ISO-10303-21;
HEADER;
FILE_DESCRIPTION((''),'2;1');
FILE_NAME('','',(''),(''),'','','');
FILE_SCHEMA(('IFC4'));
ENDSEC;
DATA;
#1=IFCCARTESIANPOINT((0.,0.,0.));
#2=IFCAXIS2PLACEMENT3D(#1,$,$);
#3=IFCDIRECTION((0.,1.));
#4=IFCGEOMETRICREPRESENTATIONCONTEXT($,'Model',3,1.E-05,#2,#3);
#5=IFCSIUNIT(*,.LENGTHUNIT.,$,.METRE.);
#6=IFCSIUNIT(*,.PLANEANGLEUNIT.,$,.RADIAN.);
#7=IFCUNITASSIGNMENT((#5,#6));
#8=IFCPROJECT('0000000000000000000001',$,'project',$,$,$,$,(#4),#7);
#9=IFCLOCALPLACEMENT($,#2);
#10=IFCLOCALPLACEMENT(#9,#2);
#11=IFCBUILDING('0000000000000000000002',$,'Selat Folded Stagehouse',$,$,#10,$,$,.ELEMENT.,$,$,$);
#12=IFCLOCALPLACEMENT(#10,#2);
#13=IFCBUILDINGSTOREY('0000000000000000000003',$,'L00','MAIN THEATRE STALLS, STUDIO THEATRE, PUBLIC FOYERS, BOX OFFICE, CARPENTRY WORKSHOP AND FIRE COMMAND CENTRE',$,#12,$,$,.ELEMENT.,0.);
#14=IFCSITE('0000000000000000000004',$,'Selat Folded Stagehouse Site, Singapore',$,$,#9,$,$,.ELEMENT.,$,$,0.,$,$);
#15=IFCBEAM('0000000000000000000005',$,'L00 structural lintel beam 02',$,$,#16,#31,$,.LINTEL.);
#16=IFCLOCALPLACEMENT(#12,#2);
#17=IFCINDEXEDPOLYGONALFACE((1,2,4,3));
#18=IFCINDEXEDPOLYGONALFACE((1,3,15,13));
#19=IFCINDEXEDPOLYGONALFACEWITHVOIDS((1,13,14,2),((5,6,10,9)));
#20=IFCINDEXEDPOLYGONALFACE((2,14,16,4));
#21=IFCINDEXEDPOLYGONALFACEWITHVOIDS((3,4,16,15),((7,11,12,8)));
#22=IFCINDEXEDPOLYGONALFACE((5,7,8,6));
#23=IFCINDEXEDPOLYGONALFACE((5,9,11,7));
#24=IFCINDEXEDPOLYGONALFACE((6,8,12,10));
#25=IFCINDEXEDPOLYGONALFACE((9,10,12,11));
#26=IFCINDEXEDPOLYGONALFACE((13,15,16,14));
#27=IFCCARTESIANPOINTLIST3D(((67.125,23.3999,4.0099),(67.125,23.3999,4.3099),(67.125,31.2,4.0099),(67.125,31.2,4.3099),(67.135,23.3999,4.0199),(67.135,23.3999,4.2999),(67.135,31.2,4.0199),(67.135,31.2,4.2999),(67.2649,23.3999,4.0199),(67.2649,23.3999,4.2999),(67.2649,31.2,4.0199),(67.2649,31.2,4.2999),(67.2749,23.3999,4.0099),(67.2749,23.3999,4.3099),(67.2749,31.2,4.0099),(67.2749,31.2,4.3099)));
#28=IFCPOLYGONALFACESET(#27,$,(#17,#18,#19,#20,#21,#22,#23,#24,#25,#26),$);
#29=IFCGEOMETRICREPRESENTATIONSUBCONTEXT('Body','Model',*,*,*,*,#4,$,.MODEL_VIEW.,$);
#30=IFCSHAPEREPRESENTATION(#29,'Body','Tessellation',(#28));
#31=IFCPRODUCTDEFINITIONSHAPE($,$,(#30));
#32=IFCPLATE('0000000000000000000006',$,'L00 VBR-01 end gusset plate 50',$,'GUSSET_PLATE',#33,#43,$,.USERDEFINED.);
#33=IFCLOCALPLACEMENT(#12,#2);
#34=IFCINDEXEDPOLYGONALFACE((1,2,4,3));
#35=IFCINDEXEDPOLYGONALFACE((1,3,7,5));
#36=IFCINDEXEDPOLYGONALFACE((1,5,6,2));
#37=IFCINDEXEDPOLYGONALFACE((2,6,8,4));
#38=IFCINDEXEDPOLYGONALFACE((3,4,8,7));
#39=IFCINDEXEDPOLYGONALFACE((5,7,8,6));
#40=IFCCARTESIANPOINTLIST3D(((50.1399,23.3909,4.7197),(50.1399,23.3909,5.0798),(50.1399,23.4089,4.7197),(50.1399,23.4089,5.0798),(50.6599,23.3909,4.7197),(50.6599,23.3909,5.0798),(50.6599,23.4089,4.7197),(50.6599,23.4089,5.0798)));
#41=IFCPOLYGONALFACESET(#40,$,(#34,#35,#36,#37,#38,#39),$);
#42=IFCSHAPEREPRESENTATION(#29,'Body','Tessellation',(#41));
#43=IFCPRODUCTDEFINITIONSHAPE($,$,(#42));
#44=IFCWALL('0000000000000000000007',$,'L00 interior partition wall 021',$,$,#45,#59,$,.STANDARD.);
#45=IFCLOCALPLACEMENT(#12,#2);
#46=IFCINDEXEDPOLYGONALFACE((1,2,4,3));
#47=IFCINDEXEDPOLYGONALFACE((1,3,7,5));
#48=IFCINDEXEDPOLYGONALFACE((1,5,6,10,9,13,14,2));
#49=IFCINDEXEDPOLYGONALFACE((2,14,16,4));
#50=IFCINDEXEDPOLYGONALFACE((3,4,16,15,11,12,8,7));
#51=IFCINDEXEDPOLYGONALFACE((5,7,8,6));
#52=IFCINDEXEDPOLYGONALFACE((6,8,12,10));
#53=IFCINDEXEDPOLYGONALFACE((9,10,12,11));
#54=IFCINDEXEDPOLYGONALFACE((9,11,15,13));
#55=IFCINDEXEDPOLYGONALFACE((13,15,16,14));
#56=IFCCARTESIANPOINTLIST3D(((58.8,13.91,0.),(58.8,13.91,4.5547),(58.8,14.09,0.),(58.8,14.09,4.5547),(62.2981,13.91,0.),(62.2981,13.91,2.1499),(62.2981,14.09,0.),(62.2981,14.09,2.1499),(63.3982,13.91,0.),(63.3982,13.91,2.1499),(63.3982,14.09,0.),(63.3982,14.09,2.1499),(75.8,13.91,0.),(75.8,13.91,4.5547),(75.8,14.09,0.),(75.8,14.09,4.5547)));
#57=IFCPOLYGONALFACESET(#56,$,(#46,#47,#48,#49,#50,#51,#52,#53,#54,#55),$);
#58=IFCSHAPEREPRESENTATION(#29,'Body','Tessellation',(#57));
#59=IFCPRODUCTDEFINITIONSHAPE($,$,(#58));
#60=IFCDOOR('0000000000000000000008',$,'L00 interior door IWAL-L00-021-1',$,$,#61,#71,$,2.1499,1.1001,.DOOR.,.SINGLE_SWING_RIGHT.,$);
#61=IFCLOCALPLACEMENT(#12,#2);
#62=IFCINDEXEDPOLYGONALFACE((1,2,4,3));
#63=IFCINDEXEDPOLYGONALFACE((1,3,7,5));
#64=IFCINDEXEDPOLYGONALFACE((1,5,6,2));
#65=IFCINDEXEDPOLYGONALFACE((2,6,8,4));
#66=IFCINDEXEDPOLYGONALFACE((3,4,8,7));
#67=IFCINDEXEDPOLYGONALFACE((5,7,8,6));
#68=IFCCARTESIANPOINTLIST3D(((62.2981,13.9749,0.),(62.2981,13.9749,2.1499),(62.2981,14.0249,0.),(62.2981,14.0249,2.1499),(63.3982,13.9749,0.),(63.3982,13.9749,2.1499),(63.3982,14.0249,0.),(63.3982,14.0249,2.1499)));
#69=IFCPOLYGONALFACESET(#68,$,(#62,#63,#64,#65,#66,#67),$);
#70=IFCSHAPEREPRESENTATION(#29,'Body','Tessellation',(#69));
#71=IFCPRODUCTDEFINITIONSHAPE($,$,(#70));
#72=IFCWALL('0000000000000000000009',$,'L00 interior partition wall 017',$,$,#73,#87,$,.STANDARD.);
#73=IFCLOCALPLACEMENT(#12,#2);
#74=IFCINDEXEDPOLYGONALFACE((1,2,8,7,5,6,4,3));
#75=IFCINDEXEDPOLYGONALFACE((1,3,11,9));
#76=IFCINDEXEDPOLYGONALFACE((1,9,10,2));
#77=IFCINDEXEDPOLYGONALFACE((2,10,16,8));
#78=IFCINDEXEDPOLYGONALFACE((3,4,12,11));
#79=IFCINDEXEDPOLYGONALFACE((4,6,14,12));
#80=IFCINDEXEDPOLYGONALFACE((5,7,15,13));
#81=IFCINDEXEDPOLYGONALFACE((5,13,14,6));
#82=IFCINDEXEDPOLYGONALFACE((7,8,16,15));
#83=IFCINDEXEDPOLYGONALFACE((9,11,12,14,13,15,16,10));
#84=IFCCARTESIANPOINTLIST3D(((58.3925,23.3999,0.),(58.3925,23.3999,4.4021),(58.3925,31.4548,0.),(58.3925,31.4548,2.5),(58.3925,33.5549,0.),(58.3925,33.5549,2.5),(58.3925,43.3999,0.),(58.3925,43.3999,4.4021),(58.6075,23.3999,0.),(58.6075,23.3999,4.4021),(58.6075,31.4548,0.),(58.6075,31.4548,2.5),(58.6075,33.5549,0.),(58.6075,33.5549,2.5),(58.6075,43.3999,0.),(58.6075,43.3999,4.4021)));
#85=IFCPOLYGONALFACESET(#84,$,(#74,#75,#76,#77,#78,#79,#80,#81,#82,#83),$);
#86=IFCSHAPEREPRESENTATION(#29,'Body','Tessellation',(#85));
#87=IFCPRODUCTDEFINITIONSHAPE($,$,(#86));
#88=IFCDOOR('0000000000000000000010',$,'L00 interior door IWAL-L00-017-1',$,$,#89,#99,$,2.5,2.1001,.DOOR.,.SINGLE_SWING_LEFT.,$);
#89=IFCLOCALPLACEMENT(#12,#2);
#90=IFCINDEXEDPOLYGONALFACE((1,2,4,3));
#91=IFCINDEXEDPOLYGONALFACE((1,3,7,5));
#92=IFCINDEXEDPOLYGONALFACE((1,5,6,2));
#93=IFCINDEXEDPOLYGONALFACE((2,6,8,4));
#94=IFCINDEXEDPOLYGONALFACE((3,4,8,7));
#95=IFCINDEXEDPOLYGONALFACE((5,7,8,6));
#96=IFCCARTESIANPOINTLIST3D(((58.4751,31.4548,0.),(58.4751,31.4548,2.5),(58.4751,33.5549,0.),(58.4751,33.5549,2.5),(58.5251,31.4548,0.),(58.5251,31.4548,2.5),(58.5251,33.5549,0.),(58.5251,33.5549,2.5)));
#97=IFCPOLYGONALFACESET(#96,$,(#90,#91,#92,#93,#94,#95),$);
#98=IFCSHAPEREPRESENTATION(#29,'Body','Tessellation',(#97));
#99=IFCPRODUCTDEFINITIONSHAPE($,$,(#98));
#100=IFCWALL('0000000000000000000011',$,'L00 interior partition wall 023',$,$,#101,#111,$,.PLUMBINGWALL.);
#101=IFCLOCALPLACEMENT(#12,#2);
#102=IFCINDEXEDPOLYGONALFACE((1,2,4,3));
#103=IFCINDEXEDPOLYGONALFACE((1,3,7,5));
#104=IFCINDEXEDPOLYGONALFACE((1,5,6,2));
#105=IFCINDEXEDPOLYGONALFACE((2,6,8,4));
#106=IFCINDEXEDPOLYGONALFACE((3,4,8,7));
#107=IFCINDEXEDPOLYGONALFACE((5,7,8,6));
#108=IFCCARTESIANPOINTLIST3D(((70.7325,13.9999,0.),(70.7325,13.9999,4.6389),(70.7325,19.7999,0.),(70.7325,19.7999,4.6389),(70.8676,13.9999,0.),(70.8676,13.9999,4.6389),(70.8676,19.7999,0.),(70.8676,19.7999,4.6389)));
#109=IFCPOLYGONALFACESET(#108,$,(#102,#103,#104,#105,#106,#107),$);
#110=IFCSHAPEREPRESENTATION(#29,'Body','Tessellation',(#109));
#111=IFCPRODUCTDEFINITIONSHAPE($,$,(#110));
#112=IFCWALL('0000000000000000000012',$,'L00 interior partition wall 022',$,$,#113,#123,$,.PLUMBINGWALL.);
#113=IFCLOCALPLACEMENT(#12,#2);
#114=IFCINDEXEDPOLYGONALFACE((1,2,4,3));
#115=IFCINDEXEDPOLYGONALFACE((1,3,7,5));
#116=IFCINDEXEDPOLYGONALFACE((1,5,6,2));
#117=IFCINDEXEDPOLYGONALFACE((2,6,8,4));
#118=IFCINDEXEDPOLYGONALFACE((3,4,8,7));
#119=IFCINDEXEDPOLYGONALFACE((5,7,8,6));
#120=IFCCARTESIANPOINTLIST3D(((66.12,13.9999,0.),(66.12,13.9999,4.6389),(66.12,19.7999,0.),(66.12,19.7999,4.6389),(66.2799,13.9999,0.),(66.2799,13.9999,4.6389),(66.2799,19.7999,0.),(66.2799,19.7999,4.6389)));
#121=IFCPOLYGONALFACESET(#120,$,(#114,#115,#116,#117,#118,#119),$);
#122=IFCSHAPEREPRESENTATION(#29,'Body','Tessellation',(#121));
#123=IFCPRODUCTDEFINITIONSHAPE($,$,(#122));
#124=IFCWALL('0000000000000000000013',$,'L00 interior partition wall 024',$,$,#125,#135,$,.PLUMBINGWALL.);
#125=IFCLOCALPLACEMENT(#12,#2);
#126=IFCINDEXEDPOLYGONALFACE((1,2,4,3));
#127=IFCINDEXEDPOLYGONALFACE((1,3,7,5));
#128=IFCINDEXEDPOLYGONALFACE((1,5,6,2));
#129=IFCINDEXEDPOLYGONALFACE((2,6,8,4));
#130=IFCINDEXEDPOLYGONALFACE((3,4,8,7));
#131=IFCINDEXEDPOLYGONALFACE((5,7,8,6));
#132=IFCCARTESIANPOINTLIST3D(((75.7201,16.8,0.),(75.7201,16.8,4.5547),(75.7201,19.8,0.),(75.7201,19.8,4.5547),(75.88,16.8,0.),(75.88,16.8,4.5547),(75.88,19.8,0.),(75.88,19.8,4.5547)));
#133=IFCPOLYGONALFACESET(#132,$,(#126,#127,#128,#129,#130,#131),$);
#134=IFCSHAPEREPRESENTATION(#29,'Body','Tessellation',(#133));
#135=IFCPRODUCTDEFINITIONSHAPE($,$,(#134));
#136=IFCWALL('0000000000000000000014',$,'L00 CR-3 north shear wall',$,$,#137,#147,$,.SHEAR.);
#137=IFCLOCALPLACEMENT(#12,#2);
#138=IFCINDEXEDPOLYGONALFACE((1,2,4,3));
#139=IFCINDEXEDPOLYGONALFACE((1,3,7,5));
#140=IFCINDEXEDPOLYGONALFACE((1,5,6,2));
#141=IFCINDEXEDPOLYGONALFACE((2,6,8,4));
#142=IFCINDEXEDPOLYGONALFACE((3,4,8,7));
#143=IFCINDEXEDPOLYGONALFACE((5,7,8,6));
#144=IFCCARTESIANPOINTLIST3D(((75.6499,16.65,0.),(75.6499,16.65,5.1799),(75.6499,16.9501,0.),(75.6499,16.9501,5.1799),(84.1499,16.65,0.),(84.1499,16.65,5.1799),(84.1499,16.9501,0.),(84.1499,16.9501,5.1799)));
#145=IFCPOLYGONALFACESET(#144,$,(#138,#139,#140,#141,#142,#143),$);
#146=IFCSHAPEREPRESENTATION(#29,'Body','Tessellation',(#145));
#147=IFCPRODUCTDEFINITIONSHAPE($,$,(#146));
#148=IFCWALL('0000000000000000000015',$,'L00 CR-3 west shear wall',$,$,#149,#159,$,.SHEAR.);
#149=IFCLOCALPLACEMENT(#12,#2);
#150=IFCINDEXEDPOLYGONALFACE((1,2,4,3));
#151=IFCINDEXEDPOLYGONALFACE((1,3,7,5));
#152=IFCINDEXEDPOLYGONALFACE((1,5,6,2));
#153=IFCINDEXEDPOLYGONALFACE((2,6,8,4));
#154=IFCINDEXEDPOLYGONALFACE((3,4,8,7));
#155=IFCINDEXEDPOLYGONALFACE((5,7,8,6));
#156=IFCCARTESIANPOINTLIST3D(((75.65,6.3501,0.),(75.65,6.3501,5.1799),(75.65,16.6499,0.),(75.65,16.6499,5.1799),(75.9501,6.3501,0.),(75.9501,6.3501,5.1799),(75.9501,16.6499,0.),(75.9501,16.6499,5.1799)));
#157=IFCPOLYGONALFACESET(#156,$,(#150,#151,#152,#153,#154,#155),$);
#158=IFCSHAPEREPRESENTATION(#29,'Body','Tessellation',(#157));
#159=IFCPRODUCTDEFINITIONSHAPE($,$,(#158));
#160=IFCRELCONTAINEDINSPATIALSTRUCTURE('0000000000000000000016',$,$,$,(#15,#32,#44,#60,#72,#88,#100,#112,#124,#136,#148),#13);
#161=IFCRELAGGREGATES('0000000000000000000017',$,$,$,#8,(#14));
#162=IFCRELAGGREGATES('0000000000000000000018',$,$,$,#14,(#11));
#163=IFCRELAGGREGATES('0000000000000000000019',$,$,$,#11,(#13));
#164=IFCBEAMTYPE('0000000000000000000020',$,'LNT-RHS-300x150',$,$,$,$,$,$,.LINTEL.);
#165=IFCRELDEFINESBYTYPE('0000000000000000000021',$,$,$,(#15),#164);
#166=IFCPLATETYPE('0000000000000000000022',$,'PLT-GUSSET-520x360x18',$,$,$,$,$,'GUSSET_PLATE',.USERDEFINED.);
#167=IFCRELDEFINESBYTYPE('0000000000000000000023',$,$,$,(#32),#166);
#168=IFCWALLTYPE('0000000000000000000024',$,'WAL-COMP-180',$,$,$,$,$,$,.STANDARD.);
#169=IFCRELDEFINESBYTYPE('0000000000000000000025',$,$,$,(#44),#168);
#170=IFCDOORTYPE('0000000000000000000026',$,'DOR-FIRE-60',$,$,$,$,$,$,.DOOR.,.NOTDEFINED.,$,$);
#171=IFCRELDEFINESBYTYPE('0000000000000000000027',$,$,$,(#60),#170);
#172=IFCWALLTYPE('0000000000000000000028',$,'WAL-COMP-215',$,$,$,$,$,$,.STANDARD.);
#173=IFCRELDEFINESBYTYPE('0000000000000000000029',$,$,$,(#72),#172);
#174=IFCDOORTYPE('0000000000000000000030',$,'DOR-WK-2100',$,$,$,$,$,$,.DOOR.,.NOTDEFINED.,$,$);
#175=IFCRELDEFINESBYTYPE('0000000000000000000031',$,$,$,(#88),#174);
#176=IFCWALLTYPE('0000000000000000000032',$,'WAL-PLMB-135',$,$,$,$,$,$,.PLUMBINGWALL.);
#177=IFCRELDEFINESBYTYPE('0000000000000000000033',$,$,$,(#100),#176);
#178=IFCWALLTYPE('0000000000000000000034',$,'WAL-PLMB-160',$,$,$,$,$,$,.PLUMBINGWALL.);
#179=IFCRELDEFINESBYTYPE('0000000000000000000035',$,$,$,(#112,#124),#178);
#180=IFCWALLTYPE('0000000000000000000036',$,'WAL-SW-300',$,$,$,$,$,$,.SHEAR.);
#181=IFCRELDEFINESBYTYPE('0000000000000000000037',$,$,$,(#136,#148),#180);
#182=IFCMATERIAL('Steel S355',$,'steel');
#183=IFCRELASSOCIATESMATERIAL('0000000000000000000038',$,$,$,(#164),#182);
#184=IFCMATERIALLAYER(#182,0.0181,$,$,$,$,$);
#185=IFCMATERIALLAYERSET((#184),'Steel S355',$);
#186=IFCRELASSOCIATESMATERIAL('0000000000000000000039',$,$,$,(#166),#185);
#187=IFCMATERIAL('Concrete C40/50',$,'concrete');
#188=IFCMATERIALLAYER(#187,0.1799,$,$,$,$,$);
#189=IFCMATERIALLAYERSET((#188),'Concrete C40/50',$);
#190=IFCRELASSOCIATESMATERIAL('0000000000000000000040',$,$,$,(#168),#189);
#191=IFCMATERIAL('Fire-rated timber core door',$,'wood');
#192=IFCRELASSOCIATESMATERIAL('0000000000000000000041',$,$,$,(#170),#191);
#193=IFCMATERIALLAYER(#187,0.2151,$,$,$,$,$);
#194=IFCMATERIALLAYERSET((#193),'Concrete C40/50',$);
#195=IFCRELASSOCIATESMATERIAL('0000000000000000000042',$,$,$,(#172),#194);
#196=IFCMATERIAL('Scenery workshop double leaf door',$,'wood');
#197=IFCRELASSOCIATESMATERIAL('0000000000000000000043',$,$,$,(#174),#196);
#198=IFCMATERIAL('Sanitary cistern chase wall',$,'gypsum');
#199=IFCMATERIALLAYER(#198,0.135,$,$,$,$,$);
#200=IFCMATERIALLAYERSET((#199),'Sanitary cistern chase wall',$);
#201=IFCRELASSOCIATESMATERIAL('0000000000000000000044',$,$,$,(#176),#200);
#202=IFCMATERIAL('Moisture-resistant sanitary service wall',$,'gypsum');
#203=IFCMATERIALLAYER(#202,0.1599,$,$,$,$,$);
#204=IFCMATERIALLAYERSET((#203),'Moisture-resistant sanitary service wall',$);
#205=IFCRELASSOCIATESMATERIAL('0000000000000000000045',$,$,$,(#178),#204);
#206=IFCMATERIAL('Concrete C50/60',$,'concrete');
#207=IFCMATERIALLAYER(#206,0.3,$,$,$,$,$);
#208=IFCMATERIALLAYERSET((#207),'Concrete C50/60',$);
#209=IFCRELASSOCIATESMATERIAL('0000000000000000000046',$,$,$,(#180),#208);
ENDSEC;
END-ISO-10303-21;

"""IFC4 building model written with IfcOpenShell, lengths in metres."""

from ifc_helpers import new_model, si_unit, direction, frame, frame_2d, origin, origin_2d, place, context, subcontext, project, spatial, rectangle, hollow_rectangle, extrude, material, layer, layer_set, material_profile, profile_set, type_object, element, fill, save


model = new_model("IFC4")

# Units and contexts
model_context = context("Model", 3, precision=1e-05, world=origin(), true_north=direction((0.0, 1.0)))
body_context = subcontext(model_context, "Body", "Model", "MODEL_VIEW")
ifc_project = project(units=[si_unit("LENGTHUNIT", "METRE"), si_unit("PLANEANGLEUNIT", "RADIAN")], contexts=[model_context])

# Site, building, storey
site_placement = place(None, origin())
site = spatial("IfcSite", under=ifc_project, at=site_placement, Name="Selat Folded Stagehouse Site, Singapore", CompositionType="ELEMENT", RefElevation=0.0)
building_placement = place(site_placement, origin())
building = spatial("IfcBuilding", under=site, at=building_placement, Name="Selat Folded Stagehouse", CompositionType="ELEMENT")
storey_placement = place(building_placement, origin())
storey = spatial("IfcBuildingStorey", under=building, at=storey_placement, Name="L00", Description="MAIN THEATRE STALLS, STUDIO THEATRE, PUBLIC FOYERS, BOX OFFICE, CARPENTRY WORKSHOP AND FIRE COMMAND CENTRE", CompositionType="ELEMENT", Elevation=0.0)

# Shared definitions
ifc_material_1 = material(Name="Steel S355", Category="steel")

# Beam
ifc_material_profile_1 = material_profile(ifc_material_1, hollow_rectangle(XDim=0.1499, YDim=0.3, WallThickness=0.01, at=origin_2d()), Name="RHS 300x150x10.0")
ifc_profile_set_1 = profile_set([ifc_material_profile_1], Name="Steel S355")
beam_type_1 = type_object("IfcBeamType", Name="LNT-RHS-300x150", PredefinedType="LINTEL", material=ifc_profile_set_1)
beam_1_placement = place(storey_placement, frame((67.2, 23.3999, 4.1599), z_axis=(0.0, 1.0, 0.0), x_axis=(-1.0, 0.0, 0.0)))
element("IfcBeam", 1, at=beam_1_placement, inside=storey, type_object=beam_type_1, Name="L00 structural lintel beam 02", PredefinedType="LINTEL", context=body_context, shape_type="SweptSolid", body=[
    extrude(hollow_rectangle(XDim=0.1499, YDim=0.3, WallThickness=0.01, at=origin_2d()), origin(), (0.0, 0.0, 1.0), 7.8),
])

# Plate
ifc_layer_1 = layer(ifc_material_1, 0.0181)
ifc_layer_set_1 = layer_set([ifc_layer_1], Name="Steel S355")
plate_type = type_object("IfcPlateType", Name="PLT-GUSSET-520x360x18", ElementType="GUSSET_PLATE", PredefinedType="USERDEFINED", material=ifc_layer_set_1)
plate_placement = place(storey_placement, frame((50.3999, 23.3999, 4.7197), z_axis=(0.0, 0.0, 1.0), x_axis=(1.0, 0.0, 0.0)))
element("IfcPlate", 2, at=plate_placement, inside=storey, type_object=plate_type, Name="L00 VBR-01 end gusset plate 50", ObjectType="GUSSET_PLATE", PredefinedType="USERDEFINED", context=body_context, shape_type="SweptSolid", body=[
    extrude(rectangle(XDim=0.52, YDim=0.0181, at=origin_2d()), origin(), (0.0, 0.0, 1.0), 0.3601),
])

# Walls, openings, doors
ifc_material_2 = material(Name="Concrete C40/50", Category="concrete")
ifc_layer_2 = layer(ifc_material_2, 0.1799)
ifc_layer_set_2 = layer_set([ifc_layer_2], Name="Concrete C40/50")
wall_type_1 = type_object("IfcWallType", Name="WAL-COMP-180", PredefinedType="STANDARD", material=ifc_layer_set_2)
wall_1_placement = place(storey_placement, frame((58.8, 14.0, 0.0), z_axis=(0.0, 0.0, 1.0), x_axis=(1.0, 0.0, 0.0)))
wall_1 = element("IfcWall", 3, at=wall_1_placement, inside=storey, type_object=wall_type_1, Name="L00 interior partition wall 021", PredefinedType="STANDARD", context=body_context, shape_type="SweptSolid", body=[
    extrude(rectangle(XDim=17.0, YDim=0.1799, at=frame_2d((8.5, 0.0))), origin(), (0.0, 0.0, 1.0), 4.5547),
])
opening_1_placement = place(wall_1_placement, frame((3.498, 0.0, 0.0)))
opening_1 = element("IfcOpeningElement", 4, at=opening_1_placement, cuts=wall_1, PredefinedType="OPENING", context=body_context, shape_type="SweptSolid", body=[
    extrude(rectangle(XDim=1.1001, YDim=2.1499, at=frame_2d((0.55, 1.075))), frame((0.0, 0.0999, 0.0), z_axis=(0.0, -1.0, 0.0), x_axis=(1.0, 0.0, 0.0)), (0.0, 0.0, 1.0), 0.2),
])
ifc_material_3 = material(Name="Fire-rated timber core door", Category="wood")
door_type_1 = type_object("IfcDoorType", Name="DOR-FIRE-60", OperationType="NOTDEFINED", PredefinedType="DOOR", material=ifc_material_3)
door_1_placement = place(opening_1_placement, origin())
door_1 = element("IfcDoor", 5, at=door_1_placement, inside=storey, type_object=door_type_1, Name="L00 interior door IWAL-L00-021-1", OperationType="SINGLE_SWING_RIGHT", OverallHeight=2.1499, OverallWidth=1.1001, PredefinedType="DOOR", context=body_context, shape_type="SweptSolid", body=[
    extrude(rectangle(XDim=1.1001, YDim=2.1499, at=frame_2d((0.55, 1.075))), frame((0.0, 0.0249, 0.0), z_axis=(0.0, -1.0, 0.0), x_axis=(1.0, 0.0, 0.0)), (0.0, 0.0, 1.0), 0.05),
])
fill(opening_1, door_1)
ifc_layer_3 = layer(ifc_material_2, 0.2151)
ifc_layer_set_3 = layer_set([ifc_layer_3], Name="Concrete C40/50")
wall_type_2 = type_object("IfcWallType", Name="WAL-COMP-215", PredefinedType="STANDARD", material=ifc_layer_set_3)
wall_2_placement = place(storey_placement, frame((58.5, 23.3999, 0.0), z_axis=(0.0, 0.0, 1.0), x_axis=(0.0, 1.0, 0.0)))
wall_2 = element("IfcWall", 6, at=wall_2_placement, inside=storey, type_object=wall_type_2, Name="L00 interior partition wall 017", PredefinedType="STANDARD", context=body_context, shape_type="SweptSolid", body=[
    extrude(rectangle(XDim=20.0, YDim=0.2151, at=frame_2d((10.0, 0.0))), origin(), (0.0, 0.0, 1.0), 4.4021),
])
opening_2_placement = place(wall_2_placement, frame((8.0549, 0.0, 0.0)))
opening_2 = element("IfcOpeningElement", 7, at=opening_2_placement, cuts=wall_2, PredefinedType="OPENING", context=body_context, shape_type="SweptSolid", body=[
    extrude(rectangle(XDim=2.1001, YDim=2.5, at=frame_2d((1.05, 1.25))), frame((0.0, 0.1174, 0.0), z_axis=(0.0, -1.0, 0.0), x_axis=(1.0, 0.0, 0.0)), (0.0, 0.0, 1.0), 0.2351),
])
ifc_material_4 = material(Name="Scenery workshop double leaf door", Category="wood")
door_type_2 = type_object("IfcDoorType", Name="DOR-WK-2100", OperationType="NOTDEFINED", PredefinedType="DOOR", material=ifc_material_4)
door_2_placement = place(opening_2_placement, origin())
door_2 = element("IfcDoor", 8, at=door_2_placement, inside=storey, type_object=door_type_2, Name="L00 interior door IWAL-L00-017-1", OperationType="SINGLE_SWING_LEFT", OverallHeight=2.5, OverallWidth=2.1001, PredefinedType="DOOR", context=body_context, shape_type="SweptSolid", body=[
    extrude(rectangle(XDim=2.1001, YDim=2.5, at=frame_2d((1.05, 1.25))), frame((0.0, 0.0249, 0.0), z_axis=(0.0, -1.0, 0.0), x_axis=(1.0, 0.0, 0.0)), (0.0, 0.0, 1.0), 0.05),
])
fill(opening_2, door_2)

# Walls
ifc_material_5 = material(Name="Sanitary cistern chase wall", Category="gypsum")
ifc_layer_4 = layer(ifc_material_5, 0.135)
ifc_layer_set_4 = layer_set([ifc_layer_4], Name="Sanitary cistern chase wall")
wall_type_3 = type_object("IfcWallType", Name="WAL-PLMB-135", PredefinedType="PLUMBINGWALL", material=ifc_layer_set_4)
wall_3_placement = place(storey_placement, frame((70.8, 14.0, 0.0), z_axis=(0.0, 0.0, 1.0), x_axis=(0.0, 1.0, 0.0)))
element("IfcWall", 9, at=wall_3_placement, inside=storey, type_object=wall_type_3, Name="L00 interior partition wall 023", PredefinedType="PLUMBINGWALL", context=body_context, shape_type="SweptSolid", body=[
    extrude(rectangle(XDim=5.8, YDim=0.135, at=frame_2d((2.8999, 0.0))), origin(), (0.0, 0.0, 1.0), 4.6389),
])
ifc_material_6 = material(Name="Moisture-resistant sanitary service wall", Category="gypsum")
ifc_layer_5 = layer(ifc_material_6, 0.1599)
ifc_layer_set_5 = layer_set([ifc_layer_5], Name="Moisture-resistant sanitary service wall")
wall_type_4 = type_object("IfcWallType", Name="WAL-PLMB-160", PredefinedType="PLUMBINGWALL", material=ifc_layer_set_5)
wall_4_placement = place(storey_placement, frame((66.2, 14.0, 0.0), z_axis=(0.0, 0.0, 1.0), x_axis=(0.0, 1.0, 0.0)))
element("IfcWall", 10, at=wall_4_placement, inside=storey, type_object=wall_type_4, Name="L00 interior partition wall 022", PredefinedType="PLUMBINGWALL", context=body_context, shape_type="SweptSolid", body=[
    extrude(rectangle(XDim=5.8, YDim=0.1599, at=frame_2d((2.8999, 0.0))), origin(), (0.0, 0.0, 1.0), 4.6389),
])
wall_5_placement = place(storey_placement, frame((75.8, 16.8, 0.0), z_axis=(0.0, 0.0, 1.0), x_axis=(0.0, 1.0, 0.0)))
element("IfcWall", 11, at=wall_5_placement, inside=storey, type_object=wall_type_4, Name="L00 interior partition wall 024", PredefinedType="PLUMBINGWALL", context=body_context, shape_type="SweptSolid", body=[
    extrude(rectangle(XDim=3.0, YDim=0.1599, at=frame_2d((1.5, 0.0))), origin(), (0.0, 0.0, 1.0), 4.5547),
])
ifc_material_7 = material(Name="Concrete C50/60", Category="concrete")
ifc_layer_6 = layer(ifc_material_7, 0.3)
ifc_layer_set_6 = layer_set([ifc_layer_6], Name="Concrete C50/60")
wall_type_5 = type_object("IfcWallType", Name="WAL-SW-300", PredefinedType="SHEAR", material=ifc_layer_set_6)
wall_6_placement = place(storey_placement, frame((75.6499, 16.8, 0.0), z_axis=(0.0, 0.0, 1.0), x_axis=(1.0, 0.0, 0.0)))
element("IfcWall", 12, at=wall_6_placement, inside=storey, type_object=wall_type_5, Name="L00 CR-3 north shear wall", PredefinedType="SHEAR", context=body_context, shape_type="SweptSolid", body=[
    extrude(rectangle(XDim=8.5, YDim=0.3, at=frame_2d((4.25, 0.0))), origin(), (0.0, 0.0, 1.0), 5.1799),
])
wall_7_placement = place(storey_placement, frame((75.8, 6.3501, 0.0), z_axis=(0.0, 0.0, 1.0), x_axis=(0.0, 1.0, 0.0)))
element("IfcWall", 13, at=wall_7_placement, inside=storey, type_object=wall_type_5, Name="L00 CR-3 west shear wall", PredefinedType="SHEAR", context=body_context, shape_type="SweptSolid", body=[
    extrude(rectangle(XDim=10.2998, YDim=0.3, at=frame_2d((5.1499, 0.0))), origin(), (0.0, 0.0, 1.0), 5.1799),
])

save(model, "model.ifc")
